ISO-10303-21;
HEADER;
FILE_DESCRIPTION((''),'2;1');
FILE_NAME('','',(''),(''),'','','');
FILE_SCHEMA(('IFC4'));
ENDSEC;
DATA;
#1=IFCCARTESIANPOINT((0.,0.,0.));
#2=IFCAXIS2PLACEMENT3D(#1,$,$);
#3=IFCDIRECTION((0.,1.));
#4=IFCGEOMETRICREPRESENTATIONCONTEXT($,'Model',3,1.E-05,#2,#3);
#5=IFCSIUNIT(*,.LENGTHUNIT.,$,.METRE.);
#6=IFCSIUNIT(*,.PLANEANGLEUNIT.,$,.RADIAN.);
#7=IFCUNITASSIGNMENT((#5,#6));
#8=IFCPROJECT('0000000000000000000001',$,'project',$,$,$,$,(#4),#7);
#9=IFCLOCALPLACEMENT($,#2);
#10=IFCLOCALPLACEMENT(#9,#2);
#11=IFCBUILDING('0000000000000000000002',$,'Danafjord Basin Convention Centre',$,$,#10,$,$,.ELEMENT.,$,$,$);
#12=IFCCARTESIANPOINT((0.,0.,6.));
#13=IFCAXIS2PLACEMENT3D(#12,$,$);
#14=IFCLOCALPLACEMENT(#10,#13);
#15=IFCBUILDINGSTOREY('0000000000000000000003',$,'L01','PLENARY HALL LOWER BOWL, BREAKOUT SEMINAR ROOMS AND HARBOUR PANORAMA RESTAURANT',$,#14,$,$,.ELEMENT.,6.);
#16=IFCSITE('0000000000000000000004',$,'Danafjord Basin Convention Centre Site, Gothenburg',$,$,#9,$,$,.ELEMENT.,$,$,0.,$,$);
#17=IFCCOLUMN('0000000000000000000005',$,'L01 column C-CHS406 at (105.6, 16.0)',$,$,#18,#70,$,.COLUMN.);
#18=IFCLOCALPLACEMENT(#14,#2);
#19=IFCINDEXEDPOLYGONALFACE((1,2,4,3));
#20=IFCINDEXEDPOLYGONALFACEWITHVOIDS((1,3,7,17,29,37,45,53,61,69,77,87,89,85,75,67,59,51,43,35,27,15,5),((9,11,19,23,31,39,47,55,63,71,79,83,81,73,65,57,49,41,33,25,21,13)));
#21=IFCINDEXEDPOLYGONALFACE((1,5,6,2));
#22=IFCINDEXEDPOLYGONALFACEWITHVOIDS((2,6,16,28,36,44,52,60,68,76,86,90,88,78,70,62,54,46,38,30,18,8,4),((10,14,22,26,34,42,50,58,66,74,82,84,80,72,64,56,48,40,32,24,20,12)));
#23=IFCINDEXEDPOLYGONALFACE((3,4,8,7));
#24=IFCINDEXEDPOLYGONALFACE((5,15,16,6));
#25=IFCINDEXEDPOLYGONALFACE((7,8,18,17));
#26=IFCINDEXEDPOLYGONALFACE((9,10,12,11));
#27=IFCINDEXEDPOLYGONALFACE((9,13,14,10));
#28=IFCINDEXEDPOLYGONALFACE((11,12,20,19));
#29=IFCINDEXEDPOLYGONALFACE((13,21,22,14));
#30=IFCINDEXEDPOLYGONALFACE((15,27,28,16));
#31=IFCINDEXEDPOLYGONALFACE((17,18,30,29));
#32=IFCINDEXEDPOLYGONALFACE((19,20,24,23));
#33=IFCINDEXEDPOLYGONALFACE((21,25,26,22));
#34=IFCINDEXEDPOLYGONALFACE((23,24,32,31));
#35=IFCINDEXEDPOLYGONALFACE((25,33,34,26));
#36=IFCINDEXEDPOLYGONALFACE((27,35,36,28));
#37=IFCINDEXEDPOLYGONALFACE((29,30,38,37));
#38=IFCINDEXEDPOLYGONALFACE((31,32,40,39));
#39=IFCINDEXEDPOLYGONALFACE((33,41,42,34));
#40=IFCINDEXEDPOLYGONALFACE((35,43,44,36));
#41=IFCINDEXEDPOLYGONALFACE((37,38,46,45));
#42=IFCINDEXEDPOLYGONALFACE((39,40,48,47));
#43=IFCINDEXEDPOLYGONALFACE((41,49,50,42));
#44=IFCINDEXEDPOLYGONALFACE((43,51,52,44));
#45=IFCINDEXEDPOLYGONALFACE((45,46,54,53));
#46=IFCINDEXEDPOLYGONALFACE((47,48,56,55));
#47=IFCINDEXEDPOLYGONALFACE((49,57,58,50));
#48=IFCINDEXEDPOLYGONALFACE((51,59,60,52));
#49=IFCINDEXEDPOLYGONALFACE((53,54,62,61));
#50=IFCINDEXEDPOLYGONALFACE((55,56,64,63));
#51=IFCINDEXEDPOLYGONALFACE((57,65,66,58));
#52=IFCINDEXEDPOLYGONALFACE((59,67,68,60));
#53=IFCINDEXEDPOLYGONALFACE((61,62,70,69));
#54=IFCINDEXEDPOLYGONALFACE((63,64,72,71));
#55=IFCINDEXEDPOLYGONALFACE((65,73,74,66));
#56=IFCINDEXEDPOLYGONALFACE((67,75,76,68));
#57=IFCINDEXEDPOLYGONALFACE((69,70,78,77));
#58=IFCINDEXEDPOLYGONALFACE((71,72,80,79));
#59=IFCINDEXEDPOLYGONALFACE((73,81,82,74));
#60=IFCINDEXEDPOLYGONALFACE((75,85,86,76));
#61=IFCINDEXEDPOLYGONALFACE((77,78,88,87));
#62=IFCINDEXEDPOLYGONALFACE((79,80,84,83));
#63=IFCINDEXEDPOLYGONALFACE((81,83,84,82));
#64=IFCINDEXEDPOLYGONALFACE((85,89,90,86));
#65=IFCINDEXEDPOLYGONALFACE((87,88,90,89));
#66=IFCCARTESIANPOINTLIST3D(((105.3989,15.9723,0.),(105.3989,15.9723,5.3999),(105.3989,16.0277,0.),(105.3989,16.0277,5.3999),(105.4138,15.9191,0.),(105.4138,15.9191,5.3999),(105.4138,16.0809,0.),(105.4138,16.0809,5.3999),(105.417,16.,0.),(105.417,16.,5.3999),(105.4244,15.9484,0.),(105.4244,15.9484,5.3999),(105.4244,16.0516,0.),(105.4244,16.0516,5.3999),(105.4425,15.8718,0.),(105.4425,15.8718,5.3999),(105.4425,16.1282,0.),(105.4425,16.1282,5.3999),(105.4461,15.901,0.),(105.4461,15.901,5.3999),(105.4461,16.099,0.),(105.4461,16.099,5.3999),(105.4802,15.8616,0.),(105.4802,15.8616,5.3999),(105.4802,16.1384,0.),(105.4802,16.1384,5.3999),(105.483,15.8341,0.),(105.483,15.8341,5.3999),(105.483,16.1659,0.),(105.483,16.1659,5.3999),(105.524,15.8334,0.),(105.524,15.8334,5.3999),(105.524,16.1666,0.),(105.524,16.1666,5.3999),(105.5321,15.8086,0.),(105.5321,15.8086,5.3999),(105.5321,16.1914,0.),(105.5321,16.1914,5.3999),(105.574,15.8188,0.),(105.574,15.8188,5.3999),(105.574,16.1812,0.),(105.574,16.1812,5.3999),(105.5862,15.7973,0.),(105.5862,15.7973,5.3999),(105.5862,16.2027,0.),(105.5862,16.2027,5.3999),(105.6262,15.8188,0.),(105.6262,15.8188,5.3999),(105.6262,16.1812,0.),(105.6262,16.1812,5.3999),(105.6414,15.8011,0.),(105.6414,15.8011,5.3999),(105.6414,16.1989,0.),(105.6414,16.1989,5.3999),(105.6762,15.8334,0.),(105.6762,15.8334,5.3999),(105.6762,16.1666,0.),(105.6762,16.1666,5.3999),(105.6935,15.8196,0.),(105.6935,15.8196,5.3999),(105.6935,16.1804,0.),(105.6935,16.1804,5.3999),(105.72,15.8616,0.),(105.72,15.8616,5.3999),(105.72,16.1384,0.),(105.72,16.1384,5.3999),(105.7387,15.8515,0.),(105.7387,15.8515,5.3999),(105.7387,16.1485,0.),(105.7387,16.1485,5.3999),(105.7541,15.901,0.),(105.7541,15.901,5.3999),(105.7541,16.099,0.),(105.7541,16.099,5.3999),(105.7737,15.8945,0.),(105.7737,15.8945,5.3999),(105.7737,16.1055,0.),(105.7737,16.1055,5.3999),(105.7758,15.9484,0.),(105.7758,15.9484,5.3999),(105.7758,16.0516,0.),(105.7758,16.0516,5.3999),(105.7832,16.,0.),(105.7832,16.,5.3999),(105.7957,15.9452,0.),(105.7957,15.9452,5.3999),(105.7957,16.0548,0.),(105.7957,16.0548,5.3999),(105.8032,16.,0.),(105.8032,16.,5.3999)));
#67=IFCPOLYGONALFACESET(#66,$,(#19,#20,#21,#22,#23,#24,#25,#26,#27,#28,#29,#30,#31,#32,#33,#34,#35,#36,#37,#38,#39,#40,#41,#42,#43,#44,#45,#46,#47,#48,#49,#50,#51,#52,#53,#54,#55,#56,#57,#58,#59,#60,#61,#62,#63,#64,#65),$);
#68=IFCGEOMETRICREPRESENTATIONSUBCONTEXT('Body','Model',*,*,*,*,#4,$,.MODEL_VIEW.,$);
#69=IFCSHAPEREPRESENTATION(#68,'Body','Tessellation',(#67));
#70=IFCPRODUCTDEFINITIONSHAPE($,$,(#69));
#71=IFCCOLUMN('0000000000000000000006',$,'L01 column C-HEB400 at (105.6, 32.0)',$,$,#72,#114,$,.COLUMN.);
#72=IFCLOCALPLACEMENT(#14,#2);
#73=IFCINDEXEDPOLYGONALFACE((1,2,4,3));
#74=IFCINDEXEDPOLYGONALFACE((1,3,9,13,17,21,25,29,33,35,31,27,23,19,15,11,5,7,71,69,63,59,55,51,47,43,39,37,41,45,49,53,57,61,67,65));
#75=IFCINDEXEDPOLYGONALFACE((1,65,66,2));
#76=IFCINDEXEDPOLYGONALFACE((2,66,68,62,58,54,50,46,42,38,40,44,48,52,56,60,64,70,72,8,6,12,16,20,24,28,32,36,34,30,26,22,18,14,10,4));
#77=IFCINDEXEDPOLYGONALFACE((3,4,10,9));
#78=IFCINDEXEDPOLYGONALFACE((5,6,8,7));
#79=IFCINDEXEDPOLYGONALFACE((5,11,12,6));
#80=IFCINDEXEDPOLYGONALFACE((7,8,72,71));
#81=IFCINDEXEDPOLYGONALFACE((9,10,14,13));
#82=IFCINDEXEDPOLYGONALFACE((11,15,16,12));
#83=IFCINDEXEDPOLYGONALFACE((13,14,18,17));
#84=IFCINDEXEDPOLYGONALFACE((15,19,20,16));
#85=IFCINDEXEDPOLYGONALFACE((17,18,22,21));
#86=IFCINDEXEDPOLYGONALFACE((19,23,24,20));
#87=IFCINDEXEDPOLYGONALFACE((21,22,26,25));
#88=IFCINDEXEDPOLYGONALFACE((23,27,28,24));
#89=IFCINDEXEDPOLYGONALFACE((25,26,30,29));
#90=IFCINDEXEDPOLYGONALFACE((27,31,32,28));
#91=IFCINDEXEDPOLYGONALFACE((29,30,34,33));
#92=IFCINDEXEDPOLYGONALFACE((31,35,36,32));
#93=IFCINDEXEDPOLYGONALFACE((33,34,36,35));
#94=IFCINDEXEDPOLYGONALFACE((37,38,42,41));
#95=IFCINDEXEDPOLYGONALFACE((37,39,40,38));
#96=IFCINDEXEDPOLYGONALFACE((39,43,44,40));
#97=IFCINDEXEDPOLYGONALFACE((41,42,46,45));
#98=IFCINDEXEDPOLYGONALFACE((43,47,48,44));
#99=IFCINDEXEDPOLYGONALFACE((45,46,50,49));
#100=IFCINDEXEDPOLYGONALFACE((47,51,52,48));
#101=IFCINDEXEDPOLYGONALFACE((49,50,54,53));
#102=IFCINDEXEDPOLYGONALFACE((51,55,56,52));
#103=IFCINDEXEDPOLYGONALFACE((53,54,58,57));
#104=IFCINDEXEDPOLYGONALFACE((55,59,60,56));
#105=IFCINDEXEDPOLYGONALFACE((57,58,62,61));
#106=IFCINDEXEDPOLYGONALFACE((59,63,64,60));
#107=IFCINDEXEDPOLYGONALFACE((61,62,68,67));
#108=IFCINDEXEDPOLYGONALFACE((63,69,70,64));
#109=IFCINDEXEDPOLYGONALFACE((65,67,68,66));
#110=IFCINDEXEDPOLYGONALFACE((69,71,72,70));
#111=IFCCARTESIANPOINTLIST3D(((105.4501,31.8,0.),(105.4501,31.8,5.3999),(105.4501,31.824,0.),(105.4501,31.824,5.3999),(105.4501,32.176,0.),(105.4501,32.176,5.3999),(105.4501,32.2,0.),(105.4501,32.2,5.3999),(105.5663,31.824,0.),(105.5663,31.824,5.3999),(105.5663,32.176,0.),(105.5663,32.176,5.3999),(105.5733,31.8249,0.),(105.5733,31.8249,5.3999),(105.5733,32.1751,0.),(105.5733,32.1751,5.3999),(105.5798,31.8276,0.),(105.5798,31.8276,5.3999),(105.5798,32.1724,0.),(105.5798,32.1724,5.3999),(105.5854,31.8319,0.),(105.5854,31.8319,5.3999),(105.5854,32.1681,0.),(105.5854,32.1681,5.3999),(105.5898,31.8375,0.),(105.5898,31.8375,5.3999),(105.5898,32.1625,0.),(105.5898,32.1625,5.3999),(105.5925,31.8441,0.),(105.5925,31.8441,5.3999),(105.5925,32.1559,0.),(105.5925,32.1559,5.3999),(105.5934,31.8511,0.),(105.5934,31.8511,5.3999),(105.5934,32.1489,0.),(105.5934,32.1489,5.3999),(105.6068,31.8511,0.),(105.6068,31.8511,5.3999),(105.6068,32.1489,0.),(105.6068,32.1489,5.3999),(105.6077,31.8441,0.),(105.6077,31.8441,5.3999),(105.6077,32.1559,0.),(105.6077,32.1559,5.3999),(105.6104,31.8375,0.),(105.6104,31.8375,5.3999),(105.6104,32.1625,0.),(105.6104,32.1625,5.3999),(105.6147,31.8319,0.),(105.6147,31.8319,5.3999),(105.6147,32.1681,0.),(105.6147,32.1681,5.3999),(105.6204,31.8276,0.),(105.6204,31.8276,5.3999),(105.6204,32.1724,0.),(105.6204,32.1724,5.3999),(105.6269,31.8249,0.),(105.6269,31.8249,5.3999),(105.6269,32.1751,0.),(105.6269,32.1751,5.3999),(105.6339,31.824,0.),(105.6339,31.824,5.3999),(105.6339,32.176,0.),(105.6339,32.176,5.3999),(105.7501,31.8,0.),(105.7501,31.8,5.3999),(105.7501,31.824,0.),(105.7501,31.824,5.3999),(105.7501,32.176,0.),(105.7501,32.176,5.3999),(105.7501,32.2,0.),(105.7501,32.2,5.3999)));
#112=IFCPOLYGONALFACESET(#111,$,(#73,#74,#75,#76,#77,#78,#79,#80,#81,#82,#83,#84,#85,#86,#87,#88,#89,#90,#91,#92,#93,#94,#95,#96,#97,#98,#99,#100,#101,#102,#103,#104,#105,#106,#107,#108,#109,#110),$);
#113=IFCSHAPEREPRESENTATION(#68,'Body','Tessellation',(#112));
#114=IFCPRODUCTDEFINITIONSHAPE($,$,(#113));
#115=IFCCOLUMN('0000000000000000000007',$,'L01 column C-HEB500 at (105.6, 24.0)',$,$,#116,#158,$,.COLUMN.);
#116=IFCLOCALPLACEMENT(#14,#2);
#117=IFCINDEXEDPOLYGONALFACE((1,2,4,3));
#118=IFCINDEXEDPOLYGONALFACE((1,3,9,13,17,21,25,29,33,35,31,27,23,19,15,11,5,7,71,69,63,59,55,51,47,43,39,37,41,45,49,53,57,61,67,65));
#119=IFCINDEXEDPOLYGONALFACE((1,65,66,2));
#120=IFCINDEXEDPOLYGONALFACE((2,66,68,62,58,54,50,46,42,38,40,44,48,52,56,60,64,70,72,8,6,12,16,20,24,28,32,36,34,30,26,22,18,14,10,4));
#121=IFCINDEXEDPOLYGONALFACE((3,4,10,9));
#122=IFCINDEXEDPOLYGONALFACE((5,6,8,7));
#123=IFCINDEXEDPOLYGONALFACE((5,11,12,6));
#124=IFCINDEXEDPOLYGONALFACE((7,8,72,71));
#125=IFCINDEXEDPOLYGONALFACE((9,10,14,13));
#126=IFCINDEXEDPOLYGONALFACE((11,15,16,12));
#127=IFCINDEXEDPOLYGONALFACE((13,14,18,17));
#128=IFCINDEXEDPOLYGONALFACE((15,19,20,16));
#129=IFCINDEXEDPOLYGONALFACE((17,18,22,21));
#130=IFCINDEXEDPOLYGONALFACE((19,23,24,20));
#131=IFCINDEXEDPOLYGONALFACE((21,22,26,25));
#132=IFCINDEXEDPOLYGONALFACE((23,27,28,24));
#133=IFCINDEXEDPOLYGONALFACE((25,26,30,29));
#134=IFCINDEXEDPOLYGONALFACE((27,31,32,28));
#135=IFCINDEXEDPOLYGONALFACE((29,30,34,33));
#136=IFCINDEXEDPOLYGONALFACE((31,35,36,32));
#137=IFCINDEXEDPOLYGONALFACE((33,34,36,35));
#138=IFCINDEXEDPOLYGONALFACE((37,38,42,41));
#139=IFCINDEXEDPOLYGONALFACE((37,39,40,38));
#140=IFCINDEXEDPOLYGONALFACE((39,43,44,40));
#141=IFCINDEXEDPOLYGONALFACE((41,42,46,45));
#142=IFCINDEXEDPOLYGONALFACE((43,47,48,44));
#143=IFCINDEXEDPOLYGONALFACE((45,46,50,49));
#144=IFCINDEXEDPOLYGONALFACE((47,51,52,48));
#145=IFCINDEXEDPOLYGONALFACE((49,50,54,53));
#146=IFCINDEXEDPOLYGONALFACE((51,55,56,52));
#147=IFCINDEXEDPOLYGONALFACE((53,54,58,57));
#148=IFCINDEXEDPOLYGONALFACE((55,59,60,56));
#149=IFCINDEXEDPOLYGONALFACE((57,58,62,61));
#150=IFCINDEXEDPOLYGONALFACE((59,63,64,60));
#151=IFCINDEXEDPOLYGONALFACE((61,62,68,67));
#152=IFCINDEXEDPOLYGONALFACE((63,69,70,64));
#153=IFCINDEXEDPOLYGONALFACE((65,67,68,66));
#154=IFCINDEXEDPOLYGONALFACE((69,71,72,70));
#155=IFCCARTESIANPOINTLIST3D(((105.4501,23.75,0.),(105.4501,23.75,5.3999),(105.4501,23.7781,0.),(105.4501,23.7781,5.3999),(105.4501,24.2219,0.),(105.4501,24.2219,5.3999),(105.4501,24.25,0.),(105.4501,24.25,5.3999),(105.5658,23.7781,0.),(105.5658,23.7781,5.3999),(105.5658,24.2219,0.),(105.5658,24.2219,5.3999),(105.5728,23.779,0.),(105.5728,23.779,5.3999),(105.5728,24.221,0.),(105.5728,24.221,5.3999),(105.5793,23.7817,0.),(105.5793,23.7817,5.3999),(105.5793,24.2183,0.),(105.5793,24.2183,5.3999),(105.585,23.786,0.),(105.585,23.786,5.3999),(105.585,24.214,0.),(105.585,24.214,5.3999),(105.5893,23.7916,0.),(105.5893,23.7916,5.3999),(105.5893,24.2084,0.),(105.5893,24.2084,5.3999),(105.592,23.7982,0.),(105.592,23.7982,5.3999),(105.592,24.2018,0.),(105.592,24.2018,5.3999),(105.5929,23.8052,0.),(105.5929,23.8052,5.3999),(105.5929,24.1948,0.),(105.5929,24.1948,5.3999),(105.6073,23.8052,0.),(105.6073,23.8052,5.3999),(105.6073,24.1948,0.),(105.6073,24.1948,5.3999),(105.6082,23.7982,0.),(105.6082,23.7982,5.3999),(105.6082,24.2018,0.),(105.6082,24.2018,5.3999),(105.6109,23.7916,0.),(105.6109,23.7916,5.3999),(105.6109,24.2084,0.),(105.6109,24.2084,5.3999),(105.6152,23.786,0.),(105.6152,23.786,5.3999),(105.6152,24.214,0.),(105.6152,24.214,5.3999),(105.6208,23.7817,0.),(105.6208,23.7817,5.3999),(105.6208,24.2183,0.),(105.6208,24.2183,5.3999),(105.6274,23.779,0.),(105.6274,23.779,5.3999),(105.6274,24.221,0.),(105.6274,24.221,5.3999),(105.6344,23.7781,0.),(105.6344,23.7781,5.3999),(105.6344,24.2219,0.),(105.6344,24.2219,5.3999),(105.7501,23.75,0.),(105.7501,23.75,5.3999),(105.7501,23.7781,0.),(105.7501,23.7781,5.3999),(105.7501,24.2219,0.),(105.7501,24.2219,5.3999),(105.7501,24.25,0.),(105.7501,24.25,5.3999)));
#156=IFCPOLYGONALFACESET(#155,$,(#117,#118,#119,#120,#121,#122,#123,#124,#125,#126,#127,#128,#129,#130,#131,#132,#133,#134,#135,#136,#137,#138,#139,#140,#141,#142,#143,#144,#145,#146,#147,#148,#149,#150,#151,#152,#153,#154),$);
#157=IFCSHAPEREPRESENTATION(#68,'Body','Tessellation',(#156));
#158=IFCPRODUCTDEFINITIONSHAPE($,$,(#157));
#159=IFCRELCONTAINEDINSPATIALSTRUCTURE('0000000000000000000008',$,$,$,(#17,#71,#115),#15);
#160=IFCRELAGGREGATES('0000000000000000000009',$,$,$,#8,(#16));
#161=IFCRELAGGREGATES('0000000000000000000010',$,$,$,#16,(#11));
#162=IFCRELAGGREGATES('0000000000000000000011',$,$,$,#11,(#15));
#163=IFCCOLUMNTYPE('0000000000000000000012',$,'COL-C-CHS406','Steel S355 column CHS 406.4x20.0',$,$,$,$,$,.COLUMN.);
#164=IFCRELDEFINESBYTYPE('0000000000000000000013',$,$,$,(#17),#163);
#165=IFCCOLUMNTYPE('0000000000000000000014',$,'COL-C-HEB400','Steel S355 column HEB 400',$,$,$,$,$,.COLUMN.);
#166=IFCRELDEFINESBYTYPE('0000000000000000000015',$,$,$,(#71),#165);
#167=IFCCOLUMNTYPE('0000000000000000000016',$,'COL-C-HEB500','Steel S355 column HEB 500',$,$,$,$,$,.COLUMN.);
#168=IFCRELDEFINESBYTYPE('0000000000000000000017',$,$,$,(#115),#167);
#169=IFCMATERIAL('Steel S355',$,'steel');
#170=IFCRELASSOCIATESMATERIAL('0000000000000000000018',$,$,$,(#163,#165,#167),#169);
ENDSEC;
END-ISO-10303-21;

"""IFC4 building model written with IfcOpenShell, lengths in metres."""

from ifc_helpers import new_model, si_unit, direction, frame, origin, origin_2d, place, context, subcontext, project, spatial, hollow_circle, i_section, extrude, material, material_profile, profile_set, type_object, element, save


model = new_model("IFC4")

# Units and contexts
model_context = context("Model", 3, precision=1e-05, world=origin(), true_north=direction((0.0, 1.0)))
body_context = subcontext(model_context, "Body", "Model", "MODEL_VIEW")
ifc_project = project(units=[si_unit("LENGTHUNIT", "METRE"), si_unit("PLANEANGLEUNIT", "RADIAN")], contexts=[model_context])

# Site, building, storey
site_placement = place(None, origin())
site = spatial("IfcSite", under=ifc_project, at=site_placement, Name="Danafjord Basin Convention Centre Site, Gothenburg", CompositionType="ELEMENT", RefElevation=0.0)
building_placement = place(site_placement, origin())
building = spatial("IfcBuilding", under=site, at=building_placement, Name="Danafjord Basin Convention Centre", CompositionType="ELEMENT")
storey_placement = place(building_placement, frame((0.0, 0.0, 6.0)))
storey = spatial("IfcBuildingStorey", under=building, at=storey_placement, Name="L01", Description="PLENARY HALL LOWER BOWL, BREAKOUT SEMINAR ROOMS AND HARBOUR PANORAMA RESTAURANT", CompositionType="ELEMENT", Elevation=6.0)

# Columns
ifc_material_1 = material(Name="Steel S355", Category="steel")
ifc_material_profile_1 = material_profile(ifc_material_1, hollow_circle(Radius=0.2031, WallThickness=0.02, at=origin_2d()), Name="CHS 406.4x20.0")
ifc_profile_set_1 = profile_set([ifc_material_profile_1], Name="Steel S355")
column_type_1 = type_object("IfcColumnType", Name="COL-C-CHS406", Description="Steel S355 column CHS 406.4x20.0", PredefinedType="COLUMN", material=ifc_profile_set_1)
column_1_placement = place(storey_placement, frame((105.6001, 16.0, 0.0), z_axis=(0.0, 0.0, 1.0), x_axis=(1.0, 0.0, 0.0)))
element("IfcColumn", 1, at=column_1_placement, inside=storey, type_object=column_type_1, Name="L01 column C-CHS406 at (105.6, 16.0)", PredefinedType="COLUMN", context=body_context, shape_type="SweptSolid", body=[
    extrude(hollow_circle(Radius=0.2031, WallThickness=0.02, at=origin_2d()), origin(), (0.0, 0.0, 1.0), 5.3999),
])
ifc_material_profile_2 = material_profile(ifc_material_1, i_section(OverallWidth=0.3, OverallDepth=0.3999, WebThickness=0.0134, FlangeThickness=0.0239, FilletRadius=0.0271, at=origin_2d()), Name="HEB 400")
ifc_profile_set_2 = profile_set([ifc_material_profile_2], Name="Steel S355")
column_type_2 = type_object("IfcColumnType", Name="COL-C-HEB400", Description="Steel S355 column HEB 400", PredefinedType="COLUMN", material=ifc_profile_set_2)
column_2_placement = place(storey_placement, frame((105.6001, 32.0, 0.0), z_axis=(0.0, 0.0, 1.0), x_axis=(1.0, 0.0, 0.0)))
element("IfcColumn", 2, at=column_2_placement, inside=storey, type_object=column_type_2, Name="L01 column C-HEB400 at (105.6, 32.0)", PredefinedType="COLUMN", context=body_context, shape_type="SweptSolid", body=[
    extrude(i_section(OverallWidth=0.3, OverallDepth=0.3999, WebThickness=0.0134, FlangeThickness=0.0239, FilletRadius=0.0271, at=origin_2d()), origin(), (0.0, 0.0, 1.0), 5.3999),
])
ifc_material_profile_3 = material_profile(ifc_material_1, i_section(OverallWidth=0.3, OverallDepth=0.5, WebThickness=0.0144, FlangeThickness=0.0281, FilletRadius=0.0271, at=origin_2d()), Name="HEB 500")
ifc_profile_set_3 = profile_set([ifc_material_profile_3], Name="Steel S355")
column_type_3 = type_object("IfcColumnType", Name="COL-C-HEB500", Description="Steel S355 column HEB 500", PredefinedType="COLUMN", material=ifc_profile_set_3)
column_3_placement = place(storey_placement, frame((105.6001, 24.0, 0.0), z_axis=(0.0, 0.0, 1.0), x_axis=(1.0, 0.0, 0.0)))
element("IfcColumn", 3, at=column_3_placement, inside=storey, type_object=column_type_3, Name="L01 column C-HEB500 at (105.6, 24.0)", PredefinedType="COLUMN", context=body_context, shape_type="SweptSolid", body=[
    extrude(i_section(OverallWidth=0.3, OverallDepth=0.5, WebThickness=0.0144, FlangeThickness=0.0281, FilletRadius=0.0271, at=origin_2d()), origin(), (0.0, 0.0, 1.0), 5.3999),
])

save(model, "model.ifc")
